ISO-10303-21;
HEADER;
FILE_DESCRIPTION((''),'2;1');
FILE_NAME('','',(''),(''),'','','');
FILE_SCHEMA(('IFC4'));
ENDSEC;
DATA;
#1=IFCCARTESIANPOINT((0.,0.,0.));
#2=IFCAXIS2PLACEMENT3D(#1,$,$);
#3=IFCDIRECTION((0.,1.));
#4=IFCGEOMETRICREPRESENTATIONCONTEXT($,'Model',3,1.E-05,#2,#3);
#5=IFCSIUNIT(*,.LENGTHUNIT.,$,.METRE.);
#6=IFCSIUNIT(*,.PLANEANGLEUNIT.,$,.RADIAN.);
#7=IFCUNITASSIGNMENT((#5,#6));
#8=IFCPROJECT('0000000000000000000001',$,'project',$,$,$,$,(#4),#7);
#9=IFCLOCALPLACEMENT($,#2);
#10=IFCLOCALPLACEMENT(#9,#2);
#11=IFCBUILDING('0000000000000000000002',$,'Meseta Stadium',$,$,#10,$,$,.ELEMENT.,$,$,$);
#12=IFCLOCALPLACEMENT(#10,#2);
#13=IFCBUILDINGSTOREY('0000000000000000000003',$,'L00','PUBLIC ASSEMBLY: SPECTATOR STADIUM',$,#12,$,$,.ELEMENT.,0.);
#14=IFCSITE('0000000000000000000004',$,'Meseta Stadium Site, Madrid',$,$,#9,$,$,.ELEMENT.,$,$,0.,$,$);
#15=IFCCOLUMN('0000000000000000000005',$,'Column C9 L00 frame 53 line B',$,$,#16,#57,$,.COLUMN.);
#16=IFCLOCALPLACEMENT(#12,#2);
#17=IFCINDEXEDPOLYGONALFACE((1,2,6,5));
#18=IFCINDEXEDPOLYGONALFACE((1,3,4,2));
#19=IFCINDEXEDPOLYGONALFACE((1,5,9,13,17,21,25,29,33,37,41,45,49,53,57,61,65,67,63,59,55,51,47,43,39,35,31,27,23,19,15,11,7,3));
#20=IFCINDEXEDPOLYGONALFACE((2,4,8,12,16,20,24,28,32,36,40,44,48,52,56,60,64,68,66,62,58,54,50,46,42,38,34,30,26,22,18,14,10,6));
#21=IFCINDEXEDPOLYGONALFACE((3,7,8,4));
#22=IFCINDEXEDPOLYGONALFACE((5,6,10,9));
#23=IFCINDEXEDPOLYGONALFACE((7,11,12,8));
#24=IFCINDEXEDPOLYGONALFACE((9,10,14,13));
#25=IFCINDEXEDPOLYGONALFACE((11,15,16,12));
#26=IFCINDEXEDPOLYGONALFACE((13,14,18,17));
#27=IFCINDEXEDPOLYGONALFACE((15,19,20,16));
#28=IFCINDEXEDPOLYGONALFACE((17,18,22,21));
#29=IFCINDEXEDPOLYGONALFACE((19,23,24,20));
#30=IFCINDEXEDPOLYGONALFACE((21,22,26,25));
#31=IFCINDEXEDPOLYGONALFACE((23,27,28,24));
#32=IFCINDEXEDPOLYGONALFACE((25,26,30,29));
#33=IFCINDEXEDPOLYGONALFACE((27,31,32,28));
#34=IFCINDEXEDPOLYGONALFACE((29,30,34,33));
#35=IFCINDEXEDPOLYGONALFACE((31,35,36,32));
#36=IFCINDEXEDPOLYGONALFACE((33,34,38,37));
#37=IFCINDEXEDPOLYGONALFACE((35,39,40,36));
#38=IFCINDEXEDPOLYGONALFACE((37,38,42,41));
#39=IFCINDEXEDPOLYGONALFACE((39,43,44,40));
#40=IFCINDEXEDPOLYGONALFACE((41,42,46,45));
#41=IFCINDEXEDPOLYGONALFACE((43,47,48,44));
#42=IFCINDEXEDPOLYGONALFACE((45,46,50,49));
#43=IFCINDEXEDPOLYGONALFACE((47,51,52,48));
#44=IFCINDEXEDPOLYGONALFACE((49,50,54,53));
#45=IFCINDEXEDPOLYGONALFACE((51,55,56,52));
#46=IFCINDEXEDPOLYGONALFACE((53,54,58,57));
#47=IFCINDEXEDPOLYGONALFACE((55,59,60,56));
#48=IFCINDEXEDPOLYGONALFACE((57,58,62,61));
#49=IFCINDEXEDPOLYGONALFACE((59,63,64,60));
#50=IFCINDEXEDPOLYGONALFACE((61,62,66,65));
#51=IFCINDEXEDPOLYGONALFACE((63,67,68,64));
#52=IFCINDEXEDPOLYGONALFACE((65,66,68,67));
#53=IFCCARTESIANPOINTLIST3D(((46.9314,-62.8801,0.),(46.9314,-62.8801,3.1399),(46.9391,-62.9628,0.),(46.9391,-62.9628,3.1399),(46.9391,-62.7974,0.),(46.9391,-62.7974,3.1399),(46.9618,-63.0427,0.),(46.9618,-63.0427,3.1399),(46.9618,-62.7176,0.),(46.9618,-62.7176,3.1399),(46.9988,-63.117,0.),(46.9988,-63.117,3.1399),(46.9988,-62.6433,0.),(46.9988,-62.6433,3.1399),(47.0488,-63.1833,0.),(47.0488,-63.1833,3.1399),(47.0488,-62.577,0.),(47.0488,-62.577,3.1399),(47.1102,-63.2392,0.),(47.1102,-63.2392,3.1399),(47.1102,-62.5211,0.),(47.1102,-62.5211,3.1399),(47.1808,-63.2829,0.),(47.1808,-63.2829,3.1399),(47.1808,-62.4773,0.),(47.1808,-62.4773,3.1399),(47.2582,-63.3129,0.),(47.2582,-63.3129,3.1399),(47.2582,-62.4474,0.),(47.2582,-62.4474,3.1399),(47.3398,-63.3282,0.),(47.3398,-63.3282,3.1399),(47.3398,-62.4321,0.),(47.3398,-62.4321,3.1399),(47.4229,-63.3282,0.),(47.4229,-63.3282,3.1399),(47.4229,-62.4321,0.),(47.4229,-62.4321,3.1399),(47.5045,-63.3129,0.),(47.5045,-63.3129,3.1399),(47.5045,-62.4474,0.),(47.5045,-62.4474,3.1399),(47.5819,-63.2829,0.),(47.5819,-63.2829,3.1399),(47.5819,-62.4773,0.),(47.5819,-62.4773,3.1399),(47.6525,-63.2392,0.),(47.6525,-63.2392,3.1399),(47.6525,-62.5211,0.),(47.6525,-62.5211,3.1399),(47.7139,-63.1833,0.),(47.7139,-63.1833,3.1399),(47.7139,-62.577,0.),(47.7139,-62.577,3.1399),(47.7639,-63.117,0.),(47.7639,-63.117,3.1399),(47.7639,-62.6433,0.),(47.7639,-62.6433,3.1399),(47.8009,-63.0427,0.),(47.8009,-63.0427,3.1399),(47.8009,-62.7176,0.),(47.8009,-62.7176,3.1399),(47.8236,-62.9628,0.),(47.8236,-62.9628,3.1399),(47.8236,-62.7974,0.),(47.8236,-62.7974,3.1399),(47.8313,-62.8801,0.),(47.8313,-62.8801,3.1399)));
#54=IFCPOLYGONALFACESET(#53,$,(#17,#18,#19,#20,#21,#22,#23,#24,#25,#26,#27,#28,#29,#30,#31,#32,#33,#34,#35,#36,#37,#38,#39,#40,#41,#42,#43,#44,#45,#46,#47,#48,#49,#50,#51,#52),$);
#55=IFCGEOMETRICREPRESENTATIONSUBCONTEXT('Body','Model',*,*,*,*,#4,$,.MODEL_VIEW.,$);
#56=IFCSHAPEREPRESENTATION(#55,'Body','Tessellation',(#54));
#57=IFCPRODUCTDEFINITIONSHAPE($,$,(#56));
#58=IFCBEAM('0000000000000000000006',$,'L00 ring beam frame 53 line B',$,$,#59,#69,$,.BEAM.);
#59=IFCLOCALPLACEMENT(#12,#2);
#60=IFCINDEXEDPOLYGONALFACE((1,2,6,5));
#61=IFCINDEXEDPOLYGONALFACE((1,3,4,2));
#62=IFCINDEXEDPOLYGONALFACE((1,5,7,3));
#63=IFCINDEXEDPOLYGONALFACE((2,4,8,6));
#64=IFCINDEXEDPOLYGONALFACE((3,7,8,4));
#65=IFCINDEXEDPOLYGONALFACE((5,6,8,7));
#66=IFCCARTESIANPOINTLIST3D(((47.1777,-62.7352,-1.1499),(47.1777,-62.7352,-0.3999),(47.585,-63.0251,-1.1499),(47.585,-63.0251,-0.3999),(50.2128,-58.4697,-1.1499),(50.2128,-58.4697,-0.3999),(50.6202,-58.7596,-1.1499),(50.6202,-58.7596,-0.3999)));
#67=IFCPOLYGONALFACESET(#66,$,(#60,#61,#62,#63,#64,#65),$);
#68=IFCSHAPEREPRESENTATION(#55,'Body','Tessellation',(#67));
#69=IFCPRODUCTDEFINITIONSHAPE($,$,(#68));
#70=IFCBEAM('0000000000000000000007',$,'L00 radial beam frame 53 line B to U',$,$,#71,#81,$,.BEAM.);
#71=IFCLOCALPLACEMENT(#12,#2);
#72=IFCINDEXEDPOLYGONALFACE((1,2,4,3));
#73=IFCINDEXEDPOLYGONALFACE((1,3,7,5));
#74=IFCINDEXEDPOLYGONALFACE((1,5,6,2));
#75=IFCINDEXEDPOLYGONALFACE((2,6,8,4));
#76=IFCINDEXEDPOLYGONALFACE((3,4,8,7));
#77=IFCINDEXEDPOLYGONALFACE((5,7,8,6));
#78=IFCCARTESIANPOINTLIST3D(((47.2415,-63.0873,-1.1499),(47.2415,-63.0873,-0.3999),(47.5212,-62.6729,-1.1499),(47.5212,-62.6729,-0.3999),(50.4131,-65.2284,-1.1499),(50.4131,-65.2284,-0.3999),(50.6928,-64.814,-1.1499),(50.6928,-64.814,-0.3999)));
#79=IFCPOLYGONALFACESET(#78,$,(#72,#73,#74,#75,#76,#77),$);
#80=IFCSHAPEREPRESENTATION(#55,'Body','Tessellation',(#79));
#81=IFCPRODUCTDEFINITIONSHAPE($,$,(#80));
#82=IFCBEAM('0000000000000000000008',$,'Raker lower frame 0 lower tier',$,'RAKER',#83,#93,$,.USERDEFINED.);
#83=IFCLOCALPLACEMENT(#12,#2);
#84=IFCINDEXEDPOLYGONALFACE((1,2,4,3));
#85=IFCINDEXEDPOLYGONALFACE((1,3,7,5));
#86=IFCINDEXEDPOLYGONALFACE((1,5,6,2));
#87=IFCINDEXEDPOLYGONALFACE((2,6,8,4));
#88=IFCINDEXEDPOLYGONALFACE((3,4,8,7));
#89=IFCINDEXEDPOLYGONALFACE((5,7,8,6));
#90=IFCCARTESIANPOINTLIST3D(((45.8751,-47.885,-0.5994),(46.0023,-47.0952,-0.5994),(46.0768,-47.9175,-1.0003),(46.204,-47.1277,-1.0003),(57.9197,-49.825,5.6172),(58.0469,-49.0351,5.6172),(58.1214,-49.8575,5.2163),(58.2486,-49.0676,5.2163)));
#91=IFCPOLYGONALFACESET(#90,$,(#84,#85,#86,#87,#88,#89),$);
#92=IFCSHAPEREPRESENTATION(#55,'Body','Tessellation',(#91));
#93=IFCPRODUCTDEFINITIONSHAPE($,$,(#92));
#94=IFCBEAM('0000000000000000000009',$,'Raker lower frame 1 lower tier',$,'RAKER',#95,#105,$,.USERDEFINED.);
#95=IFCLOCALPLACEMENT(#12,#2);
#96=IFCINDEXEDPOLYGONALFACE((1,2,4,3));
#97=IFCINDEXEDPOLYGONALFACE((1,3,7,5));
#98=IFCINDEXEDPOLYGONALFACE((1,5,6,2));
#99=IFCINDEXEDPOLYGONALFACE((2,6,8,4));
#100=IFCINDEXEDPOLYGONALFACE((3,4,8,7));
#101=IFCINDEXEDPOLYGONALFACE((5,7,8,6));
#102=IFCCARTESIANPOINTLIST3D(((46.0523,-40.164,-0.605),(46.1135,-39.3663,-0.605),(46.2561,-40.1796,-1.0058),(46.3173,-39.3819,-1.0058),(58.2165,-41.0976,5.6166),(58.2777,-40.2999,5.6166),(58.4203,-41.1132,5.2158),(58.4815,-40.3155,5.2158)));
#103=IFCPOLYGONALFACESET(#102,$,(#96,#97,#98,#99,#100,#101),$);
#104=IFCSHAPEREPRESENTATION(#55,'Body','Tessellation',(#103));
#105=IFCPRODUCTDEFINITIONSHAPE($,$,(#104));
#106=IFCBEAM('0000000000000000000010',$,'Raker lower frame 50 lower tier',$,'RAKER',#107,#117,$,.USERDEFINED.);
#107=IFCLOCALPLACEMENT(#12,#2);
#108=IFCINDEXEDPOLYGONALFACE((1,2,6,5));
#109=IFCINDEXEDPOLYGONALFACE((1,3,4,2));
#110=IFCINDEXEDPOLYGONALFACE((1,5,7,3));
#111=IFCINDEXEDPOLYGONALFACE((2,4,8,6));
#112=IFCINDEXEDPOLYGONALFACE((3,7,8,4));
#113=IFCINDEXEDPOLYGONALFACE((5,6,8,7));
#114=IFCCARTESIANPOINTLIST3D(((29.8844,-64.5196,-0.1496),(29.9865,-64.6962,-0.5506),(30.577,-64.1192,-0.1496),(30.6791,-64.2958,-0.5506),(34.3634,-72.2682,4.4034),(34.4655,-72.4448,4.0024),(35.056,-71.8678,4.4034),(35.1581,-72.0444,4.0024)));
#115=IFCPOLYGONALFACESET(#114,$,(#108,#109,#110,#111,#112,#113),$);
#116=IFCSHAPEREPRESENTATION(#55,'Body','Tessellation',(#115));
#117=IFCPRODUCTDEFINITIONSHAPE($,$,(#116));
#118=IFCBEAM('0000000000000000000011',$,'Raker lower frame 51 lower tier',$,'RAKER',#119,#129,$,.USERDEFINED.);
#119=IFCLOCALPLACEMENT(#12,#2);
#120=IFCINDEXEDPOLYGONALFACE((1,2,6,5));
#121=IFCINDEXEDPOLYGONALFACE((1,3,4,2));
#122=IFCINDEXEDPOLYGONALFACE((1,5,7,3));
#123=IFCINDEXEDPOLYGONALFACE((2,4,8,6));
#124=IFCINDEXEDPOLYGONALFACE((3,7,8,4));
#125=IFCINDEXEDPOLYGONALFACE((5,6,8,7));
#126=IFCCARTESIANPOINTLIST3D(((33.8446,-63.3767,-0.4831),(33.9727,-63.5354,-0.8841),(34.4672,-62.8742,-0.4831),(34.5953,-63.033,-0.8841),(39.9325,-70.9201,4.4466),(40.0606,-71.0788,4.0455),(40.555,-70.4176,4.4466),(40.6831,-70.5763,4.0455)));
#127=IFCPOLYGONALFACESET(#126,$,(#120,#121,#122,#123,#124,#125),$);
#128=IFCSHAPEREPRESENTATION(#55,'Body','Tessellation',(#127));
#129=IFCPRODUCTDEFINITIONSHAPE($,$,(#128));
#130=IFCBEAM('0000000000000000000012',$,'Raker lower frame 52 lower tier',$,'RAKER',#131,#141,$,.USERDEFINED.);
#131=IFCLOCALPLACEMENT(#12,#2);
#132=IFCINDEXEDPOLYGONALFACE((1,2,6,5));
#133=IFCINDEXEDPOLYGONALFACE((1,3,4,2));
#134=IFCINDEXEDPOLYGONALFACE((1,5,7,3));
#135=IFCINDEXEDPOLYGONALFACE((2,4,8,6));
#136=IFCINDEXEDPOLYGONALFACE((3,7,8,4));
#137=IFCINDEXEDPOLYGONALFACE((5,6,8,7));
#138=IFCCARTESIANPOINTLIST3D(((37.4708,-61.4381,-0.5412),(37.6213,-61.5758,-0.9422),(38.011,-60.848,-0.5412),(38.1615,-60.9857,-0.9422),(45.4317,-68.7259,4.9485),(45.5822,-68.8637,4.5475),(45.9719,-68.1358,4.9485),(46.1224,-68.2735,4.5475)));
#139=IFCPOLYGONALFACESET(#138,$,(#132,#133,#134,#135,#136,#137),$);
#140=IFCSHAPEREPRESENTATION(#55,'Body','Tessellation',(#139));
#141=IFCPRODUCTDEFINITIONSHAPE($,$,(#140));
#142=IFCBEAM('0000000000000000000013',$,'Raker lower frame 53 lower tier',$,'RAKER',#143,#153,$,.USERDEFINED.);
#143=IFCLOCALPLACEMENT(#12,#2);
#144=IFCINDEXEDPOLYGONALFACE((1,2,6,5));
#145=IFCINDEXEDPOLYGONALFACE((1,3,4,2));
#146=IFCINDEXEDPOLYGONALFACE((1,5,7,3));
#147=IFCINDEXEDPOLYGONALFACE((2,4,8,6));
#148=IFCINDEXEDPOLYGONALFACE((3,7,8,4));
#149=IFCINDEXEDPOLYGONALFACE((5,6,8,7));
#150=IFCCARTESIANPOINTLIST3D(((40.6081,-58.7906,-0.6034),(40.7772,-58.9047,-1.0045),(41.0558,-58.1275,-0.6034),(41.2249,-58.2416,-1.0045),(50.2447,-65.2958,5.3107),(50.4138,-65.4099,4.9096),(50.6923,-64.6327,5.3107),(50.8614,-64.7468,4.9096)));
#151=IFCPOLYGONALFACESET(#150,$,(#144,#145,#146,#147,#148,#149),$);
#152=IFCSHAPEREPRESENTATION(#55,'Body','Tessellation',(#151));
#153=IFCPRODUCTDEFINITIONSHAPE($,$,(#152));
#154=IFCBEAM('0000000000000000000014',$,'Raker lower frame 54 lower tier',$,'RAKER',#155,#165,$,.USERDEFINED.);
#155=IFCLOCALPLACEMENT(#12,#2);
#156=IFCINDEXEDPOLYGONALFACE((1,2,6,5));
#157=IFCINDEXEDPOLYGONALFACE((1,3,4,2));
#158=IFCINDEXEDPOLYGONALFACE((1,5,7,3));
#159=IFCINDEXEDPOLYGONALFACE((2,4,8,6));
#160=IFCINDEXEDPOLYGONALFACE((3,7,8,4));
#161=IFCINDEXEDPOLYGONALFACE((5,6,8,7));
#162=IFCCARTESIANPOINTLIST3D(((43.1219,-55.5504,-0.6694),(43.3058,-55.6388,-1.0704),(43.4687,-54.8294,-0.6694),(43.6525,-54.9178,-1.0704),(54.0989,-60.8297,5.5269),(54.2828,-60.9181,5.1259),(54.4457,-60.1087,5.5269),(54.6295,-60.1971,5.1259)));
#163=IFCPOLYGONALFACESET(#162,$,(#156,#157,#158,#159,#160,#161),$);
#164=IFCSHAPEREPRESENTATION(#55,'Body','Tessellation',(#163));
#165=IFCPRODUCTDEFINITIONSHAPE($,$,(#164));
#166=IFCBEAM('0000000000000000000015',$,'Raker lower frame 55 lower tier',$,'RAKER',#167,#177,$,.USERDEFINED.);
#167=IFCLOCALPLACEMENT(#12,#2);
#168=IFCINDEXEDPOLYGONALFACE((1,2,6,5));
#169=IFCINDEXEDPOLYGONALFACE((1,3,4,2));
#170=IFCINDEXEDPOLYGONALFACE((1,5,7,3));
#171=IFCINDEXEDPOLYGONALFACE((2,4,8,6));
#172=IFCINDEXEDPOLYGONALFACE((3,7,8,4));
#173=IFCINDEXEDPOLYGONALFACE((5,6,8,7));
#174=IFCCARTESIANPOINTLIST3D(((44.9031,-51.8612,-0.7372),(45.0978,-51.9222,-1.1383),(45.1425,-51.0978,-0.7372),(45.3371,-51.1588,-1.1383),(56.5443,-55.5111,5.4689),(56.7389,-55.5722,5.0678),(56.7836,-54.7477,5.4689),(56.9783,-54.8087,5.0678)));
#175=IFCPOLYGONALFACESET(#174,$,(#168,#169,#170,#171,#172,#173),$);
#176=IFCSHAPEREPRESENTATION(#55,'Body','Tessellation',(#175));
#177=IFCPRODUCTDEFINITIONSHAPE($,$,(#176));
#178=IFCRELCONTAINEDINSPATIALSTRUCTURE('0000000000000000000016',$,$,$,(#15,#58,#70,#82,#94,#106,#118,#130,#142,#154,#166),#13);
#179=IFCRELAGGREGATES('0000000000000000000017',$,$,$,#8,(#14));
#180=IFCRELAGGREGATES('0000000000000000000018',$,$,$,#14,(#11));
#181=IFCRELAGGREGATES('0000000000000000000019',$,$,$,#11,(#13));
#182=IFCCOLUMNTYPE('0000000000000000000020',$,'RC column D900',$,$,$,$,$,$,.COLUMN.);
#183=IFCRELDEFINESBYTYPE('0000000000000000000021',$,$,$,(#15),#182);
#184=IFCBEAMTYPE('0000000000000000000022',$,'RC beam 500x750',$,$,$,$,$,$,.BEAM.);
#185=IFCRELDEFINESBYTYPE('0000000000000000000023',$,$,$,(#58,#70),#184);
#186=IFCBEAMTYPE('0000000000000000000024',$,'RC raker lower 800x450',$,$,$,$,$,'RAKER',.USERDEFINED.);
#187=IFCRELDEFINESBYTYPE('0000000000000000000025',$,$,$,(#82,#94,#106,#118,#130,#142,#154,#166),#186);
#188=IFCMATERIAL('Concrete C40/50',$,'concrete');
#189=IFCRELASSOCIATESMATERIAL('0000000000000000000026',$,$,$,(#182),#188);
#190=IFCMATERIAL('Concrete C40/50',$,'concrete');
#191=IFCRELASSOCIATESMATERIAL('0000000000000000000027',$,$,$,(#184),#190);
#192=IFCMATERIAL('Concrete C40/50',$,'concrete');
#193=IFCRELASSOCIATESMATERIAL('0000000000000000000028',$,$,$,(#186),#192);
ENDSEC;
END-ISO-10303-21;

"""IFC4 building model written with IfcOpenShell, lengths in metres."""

from ifc_helpers import new_model, si_unit, direction, frame, origin, origin_2d, place, context, subcontext, project, spatial, rectangle, circle, extrude, material, material_profile, profile_set, type_object, element, save


model = new_model("IFC4")

# Units and contexts
model_context = context("Model", 3, precision=1e-05, world=origin(), true_north=direction((0.0, 1.0)))
body_context = subcontext(model_context, "Body", "Model", "MODEL_VIEW")
ifc_project = project(units=[si_unit("LENGTHUNIT", "METRE"), si_unit("PLANEANGLEUNIT", "RADIAN")], contexts=[model_context])

# Site, building, storey
site_placement = place(None, origin())
site = spatial("IfcSite", under=ifc_project, at=site_placement, Name="Meseta Stadium Site, Madrid", CompositionType="ELEMENT", RefElevation=0.0)
building_placement = place(site_placement, origin())
building = spatial("IfcBuilding", under=site, at=building_placement, Name="Meseta Stadium", CompositionType="ELEMENT")
storey_placement = place(building_placement, origin())
storey = spatial("IfcBuildingStorey", under=building, at=storey_placement, Name="L00", Description="PUBLIC ASSEMBLY: SPECTATOR STADIUM", CompositionType="ELEMENT", Elevation=0.0)

# Column
ifc_material_1 = material(Name="Concrete C40/50", Category="concrete")
ifc_material_profile_1 = material_profile(ifc_material_1, circle(Radius=0.45, at=origin_2d()), Name="RC D900")
ifc_profile_set_1 = profile_set([ifc_material_profile_1], Name="Concrete C40/50")
column_type = type_object("IfcColumnType", Name="RC column D900", PredefinedType="COLUMN", material=ifc_profile_set_1)
column_placement = place(storey_placement, frame((47.3813, -62.8801, 0.0), z_axis=(0.0, 0.0, 1.0), x_axis=(1.0, 0.0, 0.0)))
element("IfcColumn", 1, at=column_placement, inside=storey, type_object=column_type, Name="Column C9 L00 frame 53 line B", PredefinedType="COLUMN", context=body_context, shape_type="SweptSolid", body=[
    extrude(circle(Radius=0.45, at=origin_2d()), origin(), (0.0, 0.0, 1.0), 3.1399),
])

# Beams
ifc_material_2 = material(Name="Concrete C40/50", Category="concrete")
ifc_material_profile_2 = material_profile(ifc_material_2, rectangle(XDim=0.5, YDim=0.75, at=origin_2d()), Name="RC 500x750")
ifc_profile_set_2 = profile_set([ifc_material_profile_2], Name="Concrete C40/50")
beam_type_1 = type_object("IfcBeamType", Name="RC beam 500x750", PredefinedType="BEAM", material=ifc_profile_set_2)
beam_1_placement = place(storey_placement, frame((47.3813, -62.8801, -0.7749), z_axis=(0.579777, 0.814775, 0.0), x_axis=(-0.814775, 0.579777, 0.0)))
element("IfcBeam", 2, at=beam_1_placement, inside=storey, type_object=beam_type_1, Name="L00 ring beam frame 53 line B", PredefinedType="BEAM", context=body_context, shape_type="SweptSolid", body=[
    extrude(rectangle(XDim=0.5, YDim=0.75, at=origin_2d()), origin(), (0.0, 0.0, 1.0), 5.2351),
])
beam_2_placement = place(storey_placement, frame((47.3813, -62.8801, -0.7749), z_axis=(0.828817, -0.55952, 0.0), x_axis=(0.55952, 0.828817, 0.0)))
element("IfcBeam", 3, at=beam_2_placement, inside=storey, type_object=beam_type_1, Name="L00 radial beam frame 53 line B to U", PredefinedType="BEAM", context=body_context, shape_type="SweptSolid", body=[
    extrude(rectangle(XDim=0.5, YDim=0.75, at=origin_2d()), origin(), (0.0, 0.0, 1.0), 3.8267),
])
ifc_material_3 = material(Name="Concrete C40/50", Category="concrete")
ifc_material_profile_3 = material_profile(ifc_material_3, rectangle(XDim=0.8, YDim=0.45, at=origin_2d()), Name="RC 800x450")
ifc_profile_set_3 = profile_set([ifc_material_profile_3], Name="Concrete C40/50")
beam_type_2 = type_object("IfcBeamType", Name="RC raker lower 800x450", ElementType="RAKER", PredefinedType="USERDEFINED", material=ifc_profile_set_3)
beam_3_placement = place(storey_placement, frame((46.0396, -47.5063, -0.7998), z_axis=(0.879658, -0.14168, 0.454013), x_axis=(0.159013, 0.987277, 0.0)))
element("IfcBeam", 4, at=beam_3_placement, inside=storey, type_object=beam_type_2, Name="Raker lower frame 0 lower tier", ObjectType="RAKER", PredefinedType="USERDEFINED", context=body_context, shape_type="SweptSolid", body=[
    extrude(rectangle(XDim=0.8, YDim=0.45, at=origin_2d()), origin(), (0.0, 0.0, 1.0), 13.6924),
])
beam_4_placement = place(storey_placement, frame((46.1848, -39.7729, -0.8054), z_axis=(0.888234, -0.068171, 0.454305), x_axis=(0.076524, 0.997068, 0.0)))
element("IfcBeam", 5, at=beam_4_placement, inside=storey, type_object=beam_type_2, Name="Raker lower frame 1 lower tier", ObjectType="RAKER", PredefinedType="USERDEFINED", context=body_context, shape_type="SweptSolid", body=[
    extrude(rectangle(XDim=0.8, YDim=0.45, at=origin_2d()), origin(), (0.0, 0.0, 1.0), 13.6948),
])
beam_5_placement = place(storey_placement, frame((30.2817, -64.4077, -0.3501), z_axis=(0.446051, -0.771654, 0.453418), x_axis=(0.865765, 0.500451, 0.0)))
element("IfcBeam", 6, at=beam_5_placement, inside=storey, type_object=beam_type_2, Name="Raker lower frame 50 lower tier", ObjectType="RAKER", PredefinedType="USERDEFINED", context=body_context, shape_type="SweptSolid", body=[
    extrude(rectangle(XDim=0.8, YDim=0.45, at=origin_2d()), origin(), (0.0, 0.0, 1.0), 10.0415),
])
beam_6_placement = place(storey_placement, frame((34.22, -63.2048, -0.6836), z_axis=(0.5598, -0.693644, 0.4533), x_axis=(0.778188, 0.628031, 0.0)))
element("IfcBeam", 7, at=beam_6_placement, inside=storey, type_object=beam_type_2, Name="Raker lower frame 51 lower tier", ObjectType="RAKER", PredefinedType="USERDEFINED", context=body_context, shape_type="SweptSolid", body=[
    extrude(rectangle(XDim=0.8, YDim=0.45, at=origin_2d()), origin(), (0.0, 0.0, 1.0), 10.875),
])
beam_7_placement = place(storey_placement, frame((37.8162, -61.2119, -0.7417), z_axis=(0.657443, -0.601856, 0.453363), x_axis=(0.675237, 0.737601, 0.0)))
element("IfcBeam", 8, at=beam_7_placement, inside=storey, type_object=beam_type_2, Name="Raker lower frame 52 lower tier", ObjectType="RAKER", PredefinedType="USERDEFINED", context=body_context, shape_type="SweptSolid", body=[
    extrude(rectangle(XDim=0.8, YDim=0.45, at=origin_2d()), origin(), (0.0, 0.0, 1.0), 12.1089),
])
beam_8_placement = place(storey_placement, frame((40.9165, -58.5161, -0.804), z_axis=(0.738748, -0.498694, 0.453382), x_axis=(0.559503, 0.828828, 0.0)))
element("IfcBeam", 9, at=beam_8_placement, inside=storey, type_object=beam_type_2, Name="Raker lower frame 53 lower tier", ObjectType="RAKER", PredefinedType="USERDEFINED", context=body_context, shape_type="SweptSolid", body=[
    extrude(rectangle(XDim=0.8, YDim=0.45, at=origin_2d()), origin(), (0.0, 0.0, 1.0), 13.0444),
])
beam_9_placement = place(storey_placement, frame((43.3872, -55.2341, -0.8699), z_axis=(0.803236, -0.386308, 0.453408), x_axis=(0.433419, 0.901193, 0.0)))
element("IfcBeam", 10, at=beam_9_placement, inside=storey, type_object=beam_type_2, Name="Raker lower frame 54 lower tier", ObjectType="RAKER", PredefinedType="USERDEFINED", context=body_context, shape_type="SweptSolid", body=[
    extrude(rectangle(XDim=0.8, YDim=0.45, at=origin_2d()), origin(), (0.0, 0.0, 1.0), 13.666),
])
beam_10_placement = place(storey_placement, frame((45.1201, -51.51, -0.9377), z_axis=(0.850481, -0.266656, 0.453405), x_axis=(0.299175, 0.954198, 0.0)))
element("IfcBeam", 11, at=beam_10_placement, inside=storey, type_object=beam_type_2, Name="Raker lower frame 55 lower tier", ObjectType="RAKER", PredefinedType="USERDEFINED", context=body_context, shape_type="SweptSolid", body=[
    extrude(rectangle(XDim=0.8, YDim=0.45, at=origin_2d()), origin(), (0.0, 0.0, 1.0), 13.6877),
])

save(model, "model.ifc")
